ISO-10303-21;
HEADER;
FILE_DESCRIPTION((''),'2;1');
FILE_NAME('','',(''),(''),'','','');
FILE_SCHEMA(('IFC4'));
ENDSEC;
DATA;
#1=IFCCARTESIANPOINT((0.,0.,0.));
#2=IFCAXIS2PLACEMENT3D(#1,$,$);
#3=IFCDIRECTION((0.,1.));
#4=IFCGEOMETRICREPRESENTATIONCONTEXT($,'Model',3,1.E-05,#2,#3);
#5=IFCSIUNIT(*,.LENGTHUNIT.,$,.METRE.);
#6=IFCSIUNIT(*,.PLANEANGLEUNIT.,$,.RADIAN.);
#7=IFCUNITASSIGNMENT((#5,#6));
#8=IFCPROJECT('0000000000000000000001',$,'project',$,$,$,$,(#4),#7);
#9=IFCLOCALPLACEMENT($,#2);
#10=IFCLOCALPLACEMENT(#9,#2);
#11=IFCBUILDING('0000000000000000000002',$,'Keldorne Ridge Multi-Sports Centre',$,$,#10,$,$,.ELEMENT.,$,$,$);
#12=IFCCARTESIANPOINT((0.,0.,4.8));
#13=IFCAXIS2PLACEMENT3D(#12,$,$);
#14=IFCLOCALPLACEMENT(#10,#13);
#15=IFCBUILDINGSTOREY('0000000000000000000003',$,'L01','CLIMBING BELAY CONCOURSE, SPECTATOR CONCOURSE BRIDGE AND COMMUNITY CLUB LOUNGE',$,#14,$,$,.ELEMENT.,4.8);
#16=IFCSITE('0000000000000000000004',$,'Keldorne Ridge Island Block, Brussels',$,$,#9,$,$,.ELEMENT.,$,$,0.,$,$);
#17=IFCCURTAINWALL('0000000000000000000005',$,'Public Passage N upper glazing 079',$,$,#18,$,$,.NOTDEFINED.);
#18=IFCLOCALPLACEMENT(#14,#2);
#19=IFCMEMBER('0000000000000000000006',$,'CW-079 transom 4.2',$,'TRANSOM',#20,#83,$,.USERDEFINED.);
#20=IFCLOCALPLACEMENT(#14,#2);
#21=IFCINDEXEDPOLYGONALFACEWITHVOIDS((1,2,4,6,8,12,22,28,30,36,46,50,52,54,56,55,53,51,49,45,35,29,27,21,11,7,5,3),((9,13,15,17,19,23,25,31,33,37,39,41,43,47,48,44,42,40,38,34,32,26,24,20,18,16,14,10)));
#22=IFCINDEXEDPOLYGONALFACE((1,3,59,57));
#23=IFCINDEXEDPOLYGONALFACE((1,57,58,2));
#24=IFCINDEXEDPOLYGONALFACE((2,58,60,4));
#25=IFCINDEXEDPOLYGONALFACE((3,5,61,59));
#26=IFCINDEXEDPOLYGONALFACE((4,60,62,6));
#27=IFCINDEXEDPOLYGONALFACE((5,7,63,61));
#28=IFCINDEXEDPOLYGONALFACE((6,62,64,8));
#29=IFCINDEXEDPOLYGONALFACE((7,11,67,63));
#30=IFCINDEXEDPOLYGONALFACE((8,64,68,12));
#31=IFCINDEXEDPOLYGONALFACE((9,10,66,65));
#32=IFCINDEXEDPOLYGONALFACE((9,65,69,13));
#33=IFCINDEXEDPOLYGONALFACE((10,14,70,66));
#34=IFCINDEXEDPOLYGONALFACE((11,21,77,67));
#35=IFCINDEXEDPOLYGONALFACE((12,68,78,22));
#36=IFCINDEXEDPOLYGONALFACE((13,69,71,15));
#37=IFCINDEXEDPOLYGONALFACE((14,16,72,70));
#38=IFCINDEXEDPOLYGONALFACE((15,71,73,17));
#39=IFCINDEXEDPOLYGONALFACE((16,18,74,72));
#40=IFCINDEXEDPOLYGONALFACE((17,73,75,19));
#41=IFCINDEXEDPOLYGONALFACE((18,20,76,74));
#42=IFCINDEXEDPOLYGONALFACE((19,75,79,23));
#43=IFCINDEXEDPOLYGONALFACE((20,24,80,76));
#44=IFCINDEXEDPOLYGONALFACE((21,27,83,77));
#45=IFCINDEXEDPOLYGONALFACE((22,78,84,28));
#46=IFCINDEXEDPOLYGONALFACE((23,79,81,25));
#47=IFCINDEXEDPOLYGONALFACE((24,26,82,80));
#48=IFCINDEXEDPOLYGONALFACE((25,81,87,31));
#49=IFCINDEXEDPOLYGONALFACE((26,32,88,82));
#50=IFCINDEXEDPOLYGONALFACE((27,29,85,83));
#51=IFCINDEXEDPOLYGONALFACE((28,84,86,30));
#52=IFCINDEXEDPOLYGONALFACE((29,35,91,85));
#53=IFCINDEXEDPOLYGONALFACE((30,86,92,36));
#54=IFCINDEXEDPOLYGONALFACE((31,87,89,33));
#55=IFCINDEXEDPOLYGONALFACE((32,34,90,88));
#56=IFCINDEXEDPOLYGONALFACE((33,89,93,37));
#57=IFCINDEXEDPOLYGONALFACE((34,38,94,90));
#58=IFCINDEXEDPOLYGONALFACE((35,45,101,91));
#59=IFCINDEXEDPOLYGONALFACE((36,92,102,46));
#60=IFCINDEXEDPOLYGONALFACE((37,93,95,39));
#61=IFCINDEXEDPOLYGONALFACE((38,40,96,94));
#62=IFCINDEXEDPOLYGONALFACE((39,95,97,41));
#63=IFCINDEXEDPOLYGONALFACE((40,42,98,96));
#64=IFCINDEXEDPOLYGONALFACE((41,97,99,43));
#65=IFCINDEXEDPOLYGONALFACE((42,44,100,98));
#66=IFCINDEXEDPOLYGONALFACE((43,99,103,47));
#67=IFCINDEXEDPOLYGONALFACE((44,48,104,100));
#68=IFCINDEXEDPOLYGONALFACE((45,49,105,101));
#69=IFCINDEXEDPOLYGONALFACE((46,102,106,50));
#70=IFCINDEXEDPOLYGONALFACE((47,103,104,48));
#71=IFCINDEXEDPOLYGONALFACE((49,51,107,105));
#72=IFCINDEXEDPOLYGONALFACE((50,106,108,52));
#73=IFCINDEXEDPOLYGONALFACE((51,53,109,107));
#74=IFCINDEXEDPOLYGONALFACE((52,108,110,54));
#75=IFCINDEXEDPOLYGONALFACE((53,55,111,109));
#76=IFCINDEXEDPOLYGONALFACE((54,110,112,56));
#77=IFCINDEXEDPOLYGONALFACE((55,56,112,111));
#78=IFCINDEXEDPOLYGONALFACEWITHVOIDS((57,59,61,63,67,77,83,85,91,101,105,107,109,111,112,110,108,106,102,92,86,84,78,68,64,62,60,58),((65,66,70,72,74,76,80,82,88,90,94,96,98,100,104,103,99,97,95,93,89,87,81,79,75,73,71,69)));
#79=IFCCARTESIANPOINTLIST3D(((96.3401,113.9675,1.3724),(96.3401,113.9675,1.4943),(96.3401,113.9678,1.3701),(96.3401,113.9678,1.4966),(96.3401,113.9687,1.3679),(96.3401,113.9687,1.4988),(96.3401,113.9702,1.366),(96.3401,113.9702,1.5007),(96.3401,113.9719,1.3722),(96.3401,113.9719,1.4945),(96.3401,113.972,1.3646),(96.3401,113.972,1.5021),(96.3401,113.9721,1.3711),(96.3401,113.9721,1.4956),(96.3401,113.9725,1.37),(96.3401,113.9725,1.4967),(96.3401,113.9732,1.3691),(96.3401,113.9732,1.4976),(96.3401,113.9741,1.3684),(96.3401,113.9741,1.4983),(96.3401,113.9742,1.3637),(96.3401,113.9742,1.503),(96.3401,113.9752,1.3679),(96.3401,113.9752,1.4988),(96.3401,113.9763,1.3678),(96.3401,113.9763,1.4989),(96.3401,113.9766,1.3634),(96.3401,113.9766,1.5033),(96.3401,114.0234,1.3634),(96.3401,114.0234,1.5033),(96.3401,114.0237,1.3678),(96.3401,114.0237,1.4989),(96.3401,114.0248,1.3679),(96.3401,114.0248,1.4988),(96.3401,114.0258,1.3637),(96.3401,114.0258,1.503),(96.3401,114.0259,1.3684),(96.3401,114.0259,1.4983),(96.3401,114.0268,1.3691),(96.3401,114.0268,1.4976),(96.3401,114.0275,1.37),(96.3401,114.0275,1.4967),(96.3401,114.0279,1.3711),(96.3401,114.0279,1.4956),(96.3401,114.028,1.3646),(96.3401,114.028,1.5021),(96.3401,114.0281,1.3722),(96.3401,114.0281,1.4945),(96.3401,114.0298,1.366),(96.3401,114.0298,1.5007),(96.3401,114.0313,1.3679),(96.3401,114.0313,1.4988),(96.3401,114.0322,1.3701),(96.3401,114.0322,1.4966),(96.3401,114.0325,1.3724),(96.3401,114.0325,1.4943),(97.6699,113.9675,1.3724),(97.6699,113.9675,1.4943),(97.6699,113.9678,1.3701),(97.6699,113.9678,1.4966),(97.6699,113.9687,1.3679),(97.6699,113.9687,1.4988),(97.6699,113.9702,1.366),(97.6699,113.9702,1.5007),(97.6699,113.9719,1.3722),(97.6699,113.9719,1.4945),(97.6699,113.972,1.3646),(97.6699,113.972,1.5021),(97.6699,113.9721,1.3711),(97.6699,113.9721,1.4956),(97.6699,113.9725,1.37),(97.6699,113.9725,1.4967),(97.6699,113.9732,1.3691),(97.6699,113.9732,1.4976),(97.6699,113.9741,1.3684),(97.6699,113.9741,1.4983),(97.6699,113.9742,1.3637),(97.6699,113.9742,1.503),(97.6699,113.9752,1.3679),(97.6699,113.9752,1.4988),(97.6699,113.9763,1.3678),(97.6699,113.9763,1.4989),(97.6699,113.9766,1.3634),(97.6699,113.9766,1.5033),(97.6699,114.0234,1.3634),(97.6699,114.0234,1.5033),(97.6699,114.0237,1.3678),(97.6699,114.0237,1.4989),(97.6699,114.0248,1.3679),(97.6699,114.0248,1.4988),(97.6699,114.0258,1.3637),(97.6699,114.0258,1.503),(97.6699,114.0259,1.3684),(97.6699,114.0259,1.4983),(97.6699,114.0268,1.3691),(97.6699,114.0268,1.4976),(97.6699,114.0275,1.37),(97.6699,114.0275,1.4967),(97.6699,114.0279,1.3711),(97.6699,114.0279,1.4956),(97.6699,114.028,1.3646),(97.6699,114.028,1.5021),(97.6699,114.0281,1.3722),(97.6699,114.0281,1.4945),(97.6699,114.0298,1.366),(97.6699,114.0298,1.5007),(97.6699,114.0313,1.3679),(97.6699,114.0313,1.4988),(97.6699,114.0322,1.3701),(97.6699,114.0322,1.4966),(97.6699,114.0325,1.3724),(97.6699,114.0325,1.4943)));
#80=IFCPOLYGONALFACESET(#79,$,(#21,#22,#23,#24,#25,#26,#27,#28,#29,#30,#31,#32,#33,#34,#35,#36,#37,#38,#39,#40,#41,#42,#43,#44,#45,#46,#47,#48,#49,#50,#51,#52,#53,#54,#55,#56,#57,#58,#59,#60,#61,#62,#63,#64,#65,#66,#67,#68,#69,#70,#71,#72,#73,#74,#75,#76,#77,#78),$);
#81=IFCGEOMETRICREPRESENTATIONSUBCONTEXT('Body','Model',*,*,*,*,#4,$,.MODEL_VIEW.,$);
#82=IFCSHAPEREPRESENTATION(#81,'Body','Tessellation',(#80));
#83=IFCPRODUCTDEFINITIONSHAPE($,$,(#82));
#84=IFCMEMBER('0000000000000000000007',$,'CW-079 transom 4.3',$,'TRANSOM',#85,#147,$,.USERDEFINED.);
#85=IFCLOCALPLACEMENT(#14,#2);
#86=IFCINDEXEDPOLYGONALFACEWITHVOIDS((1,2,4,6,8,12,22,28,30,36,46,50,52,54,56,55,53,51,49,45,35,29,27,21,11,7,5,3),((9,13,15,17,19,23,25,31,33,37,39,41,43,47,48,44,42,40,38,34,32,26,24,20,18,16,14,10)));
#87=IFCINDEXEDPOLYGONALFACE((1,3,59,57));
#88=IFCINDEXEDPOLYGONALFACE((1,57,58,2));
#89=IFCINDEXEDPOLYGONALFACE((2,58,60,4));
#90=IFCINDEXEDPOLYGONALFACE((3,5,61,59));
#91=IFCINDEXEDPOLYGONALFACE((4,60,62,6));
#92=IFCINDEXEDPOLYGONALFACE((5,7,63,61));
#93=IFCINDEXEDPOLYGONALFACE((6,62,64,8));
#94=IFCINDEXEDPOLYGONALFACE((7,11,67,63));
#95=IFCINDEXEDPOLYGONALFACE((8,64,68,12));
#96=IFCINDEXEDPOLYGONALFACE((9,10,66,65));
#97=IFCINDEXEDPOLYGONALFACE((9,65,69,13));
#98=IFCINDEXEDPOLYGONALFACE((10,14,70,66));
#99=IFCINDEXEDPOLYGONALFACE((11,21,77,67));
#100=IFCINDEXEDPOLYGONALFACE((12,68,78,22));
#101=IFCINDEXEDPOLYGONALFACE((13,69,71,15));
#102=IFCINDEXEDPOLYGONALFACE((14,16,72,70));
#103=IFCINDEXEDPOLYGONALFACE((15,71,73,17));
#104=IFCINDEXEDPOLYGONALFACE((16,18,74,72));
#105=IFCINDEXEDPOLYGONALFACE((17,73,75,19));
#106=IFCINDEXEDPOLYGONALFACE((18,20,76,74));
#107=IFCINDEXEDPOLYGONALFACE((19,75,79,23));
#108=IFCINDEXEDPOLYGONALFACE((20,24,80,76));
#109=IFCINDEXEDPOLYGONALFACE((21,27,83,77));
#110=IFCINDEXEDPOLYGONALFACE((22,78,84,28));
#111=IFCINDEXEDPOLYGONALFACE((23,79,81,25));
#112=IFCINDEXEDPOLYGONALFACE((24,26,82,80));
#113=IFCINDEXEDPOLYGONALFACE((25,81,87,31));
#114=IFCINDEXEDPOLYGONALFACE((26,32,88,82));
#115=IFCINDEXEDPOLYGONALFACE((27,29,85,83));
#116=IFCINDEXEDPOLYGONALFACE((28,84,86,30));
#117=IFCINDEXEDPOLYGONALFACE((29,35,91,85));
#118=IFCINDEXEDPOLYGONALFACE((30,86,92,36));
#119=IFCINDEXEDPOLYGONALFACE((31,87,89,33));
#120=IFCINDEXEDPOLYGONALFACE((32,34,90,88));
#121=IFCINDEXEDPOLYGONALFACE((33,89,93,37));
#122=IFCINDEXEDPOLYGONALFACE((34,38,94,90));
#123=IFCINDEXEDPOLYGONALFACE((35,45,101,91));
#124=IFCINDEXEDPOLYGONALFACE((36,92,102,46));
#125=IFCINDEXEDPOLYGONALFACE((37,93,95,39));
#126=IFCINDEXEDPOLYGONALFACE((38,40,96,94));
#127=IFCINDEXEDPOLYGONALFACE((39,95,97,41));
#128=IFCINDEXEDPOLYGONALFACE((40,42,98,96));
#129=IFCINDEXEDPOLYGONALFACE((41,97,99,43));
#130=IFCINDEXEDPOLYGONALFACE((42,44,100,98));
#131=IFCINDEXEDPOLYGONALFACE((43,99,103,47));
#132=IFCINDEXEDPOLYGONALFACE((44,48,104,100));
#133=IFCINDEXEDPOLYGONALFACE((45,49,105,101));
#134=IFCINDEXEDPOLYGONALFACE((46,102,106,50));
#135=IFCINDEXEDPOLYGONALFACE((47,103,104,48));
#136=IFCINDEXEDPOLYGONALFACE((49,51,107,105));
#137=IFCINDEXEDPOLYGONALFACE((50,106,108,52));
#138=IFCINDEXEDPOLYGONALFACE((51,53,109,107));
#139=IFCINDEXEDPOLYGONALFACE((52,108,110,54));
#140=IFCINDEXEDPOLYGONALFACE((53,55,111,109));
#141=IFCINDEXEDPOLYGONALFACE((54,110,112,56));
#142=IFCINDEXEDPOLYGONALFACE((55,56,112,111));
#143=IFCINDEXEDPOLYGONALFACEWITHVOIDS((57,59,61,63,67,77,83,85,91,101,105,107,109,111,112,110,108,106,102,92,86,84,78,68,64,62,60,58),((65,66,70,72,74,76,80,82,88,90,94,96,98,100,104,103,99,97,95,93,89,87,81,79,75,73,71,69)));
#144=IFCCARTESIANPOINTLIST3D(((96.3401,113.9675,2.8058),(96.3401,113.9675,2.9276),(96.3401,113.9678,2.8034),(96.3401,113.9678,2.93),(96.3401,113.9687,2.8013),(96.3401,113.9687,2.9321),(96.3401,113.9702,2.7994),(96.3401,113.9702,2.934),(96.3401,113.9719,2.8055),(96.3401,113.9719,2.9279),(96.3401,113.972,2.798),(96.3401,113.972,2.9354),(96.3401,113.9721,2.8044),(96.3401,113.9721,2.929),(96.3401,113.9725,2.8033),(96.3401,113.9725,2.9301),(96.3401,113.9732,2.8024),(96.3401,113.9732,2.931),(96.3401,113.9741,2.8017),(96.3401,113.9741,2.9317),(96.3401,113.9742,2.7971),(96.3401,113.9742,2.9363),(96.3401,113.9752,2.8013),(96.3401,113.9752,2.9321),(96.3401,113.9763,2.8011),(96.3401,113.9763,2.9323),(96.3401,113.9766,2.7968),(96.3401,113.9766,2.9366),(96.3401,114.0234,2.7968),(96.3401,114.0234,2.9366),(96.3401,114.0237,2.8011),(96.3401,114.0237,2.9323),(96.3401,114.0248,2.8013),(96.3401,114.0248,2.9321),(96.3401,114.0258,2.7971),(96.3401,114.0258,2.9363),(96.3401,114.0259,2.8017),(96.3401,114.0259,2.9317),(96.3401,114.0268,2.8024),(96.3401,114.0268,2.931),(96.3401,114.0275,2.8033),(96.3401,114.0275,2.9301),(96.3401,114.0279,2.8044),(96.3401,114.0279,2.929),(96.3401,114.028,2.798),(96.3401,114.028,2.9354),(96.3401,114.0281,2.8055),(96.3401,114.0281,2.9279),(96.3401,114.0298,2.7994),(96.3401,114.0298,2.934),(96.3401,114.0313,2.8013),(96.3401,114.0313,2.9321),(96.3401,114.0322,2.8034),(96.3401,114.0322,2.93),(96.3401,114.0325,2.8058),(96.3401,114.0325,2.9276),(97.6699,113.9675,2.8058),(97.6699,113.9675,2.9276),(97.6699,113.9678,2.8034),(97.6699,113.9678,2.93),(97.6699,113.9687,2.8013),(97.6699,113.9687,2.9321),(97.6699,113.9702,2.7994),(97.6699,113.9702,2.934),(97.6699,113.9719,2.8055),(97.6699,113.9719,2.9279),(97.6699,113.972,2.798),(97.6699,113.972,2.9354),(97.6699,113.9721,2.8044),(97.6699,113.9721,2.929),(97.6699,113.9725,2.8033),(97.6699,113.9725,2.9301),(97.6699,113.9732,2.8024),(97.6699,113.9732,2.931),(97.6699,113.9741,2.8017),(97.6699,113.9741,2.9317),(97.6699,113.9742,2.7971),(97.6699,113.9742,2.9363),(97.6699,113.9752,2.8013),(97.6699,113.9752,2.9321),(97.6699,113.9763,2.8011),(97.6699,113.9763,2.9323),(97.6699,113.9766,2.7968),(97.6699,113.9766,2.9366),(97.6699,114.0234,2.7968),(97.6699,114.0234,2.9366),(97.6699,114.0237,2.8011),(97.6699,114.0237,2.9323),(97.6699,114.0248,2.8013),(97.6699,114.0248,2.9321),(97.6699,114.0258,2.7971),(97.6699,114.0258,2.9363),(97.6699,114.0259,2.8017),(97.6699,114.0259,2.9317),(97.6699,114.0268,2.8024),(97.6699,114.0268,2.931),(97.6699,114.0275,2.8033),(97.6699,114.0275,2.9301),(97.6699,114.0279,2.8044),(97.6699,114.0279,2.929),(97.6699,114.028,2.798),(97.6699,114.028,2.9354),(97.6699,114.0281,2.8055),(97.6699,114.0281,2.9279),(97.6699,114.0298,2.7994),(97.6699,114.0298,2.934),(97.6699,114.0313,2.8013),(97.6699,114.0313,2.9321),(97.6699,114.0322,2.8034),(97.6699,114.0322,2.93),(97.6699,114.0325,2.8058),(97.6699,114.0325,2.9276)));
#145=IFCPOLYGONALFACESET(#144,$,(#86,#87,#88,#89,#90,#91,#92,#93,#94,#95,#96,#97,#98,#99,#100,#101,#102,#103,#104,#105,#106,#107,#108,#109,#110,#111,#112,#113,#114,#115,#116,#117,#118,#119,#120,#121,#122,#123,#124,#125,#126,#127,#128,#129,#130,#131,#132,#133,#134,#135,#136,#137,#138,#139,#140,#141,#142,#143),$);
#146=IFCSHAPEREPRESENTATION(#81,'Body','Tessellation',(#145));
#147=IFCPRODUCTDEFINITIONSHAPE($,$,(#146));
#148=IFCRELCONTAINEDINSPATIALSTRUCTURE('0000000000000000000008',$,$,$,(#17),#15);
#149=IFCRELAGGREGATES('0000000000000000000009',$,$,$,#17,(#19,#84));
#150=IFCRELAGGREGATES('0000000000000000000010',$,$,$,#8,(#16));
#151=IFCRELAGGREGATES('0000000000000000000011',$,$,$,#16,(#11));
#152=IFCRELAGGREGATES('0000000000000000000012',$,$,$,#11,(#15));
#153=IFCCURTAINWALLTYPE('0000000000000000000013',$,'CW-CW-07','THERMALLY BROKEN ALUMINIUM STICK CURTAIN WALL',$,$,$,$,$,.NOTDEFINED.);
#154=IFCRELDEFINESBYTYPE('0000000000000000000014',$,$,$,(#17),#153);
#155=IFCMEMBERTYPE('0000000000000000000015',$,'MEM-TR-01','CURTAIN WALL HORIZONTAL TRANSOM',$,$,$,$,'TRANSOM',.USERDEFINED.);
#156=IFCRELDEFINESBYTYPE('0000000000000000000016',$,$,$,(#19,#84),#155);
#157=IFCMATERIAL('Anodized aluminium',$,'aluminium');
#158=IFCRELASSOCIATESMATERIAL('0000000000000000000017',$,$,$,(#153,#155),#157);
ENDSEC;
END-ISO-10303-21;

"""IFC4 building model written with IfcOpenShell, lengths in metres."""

from ifc_helpers import new_model, si_unit, direction, frame, origin, origin_2d, place, context, subcontext, project, spatial, hollow_rectangle, extrude, material, material_profile, profile_set, type_object, element, aggregate, save


model = new_model("IFC4")

# Units and contexts
model_context = context("Model", 3, precision=1e-05, world=origin(), true_north=direction((0.0, 1.0)))
body_context = subcontext(model_context, "Body", "Model", "MODEL_VIEW")
ifc_project = project(units=[si_unit("LENGTHUNIT", "METRE"), si_unit("PLANEANGLEUNIT", "RADIAN")], contexts=[model_context])

# Site, building, storey
site_placement = place(None, origin())
site = spatial("IfcSite", under=ifc_project, at=site_placement, Name="Keldorne Ridge Island Block, Brussels", CompositionType="ELEMENT", RefElevation=0.0)
building_placement = place(site_placement, origin())
building = spatial("IfcBuilding", under=site, at=building_placement, Name="Keldorne Ridge Multi-Sports Centre", CompositionType="ELEMENT")
storey_placement = place(building_placement, frame((0.0, 0.0, 4.8)))
storey = spatial("IfcBuildingStorey", under=building, at=storey_placement, Name="L01", Description="CLIMBING BELAY CONCOURSE, SPECTATOR CONCOURSE BRIDGE AND COMMUNITY CLUB LOUNGE", CompositionType="ELEMENT", Elevation=4.8)

# Curtain wall, members
ifc_material_1 = material(Name="Anodized aluminium", Category="aluminium")
curtain_wall_type = type_object("IfcCurtainWallType", Name="CW-CW-07", Description="THERMALLY BROKEN ALUMINIUM STICK CURTAIN WALL", PredefinedType="NOTDEFINED", material=ifc_material_1)
curtain_wall_placement = place(storey_placement, origin())
curtain_wall = element("IfcCurtainWall", 1, at=curtain_wall_placement, inside=storey, type_object=curtain_wall_type, Name="Public Passage N upper glazing 079", PredefinedType="NOTDEFINED")
ifc_material_profile_1 = material_profile(ifc_material_1, hollow_rectangle(XDim=0.0649, YDim=0.1399, WallThickness=0.0044, InnerFilletRadius=0.0044, OuterFilletRadius=0.009, at=origin_2d()), Name="ALU TRANSOM 140x65x4.5")
ifc_profile_set_1 = profile_set([ifc_material_profile_1], Name="Anodized aluminium")
member_type_1 = type_object("IfcMemberType", Name="MEM-TR-01", Description="CURTAIN WALL HORIZONTAL TRANSOM", ElementType="TRANSOM", PredefinedType="USERDEFINED", material=ifc_profile_set_1)
member_1_placement = place(storey_placement, frame((97.6699, 114.0, 1.4333), z_axis=(-1.0, 0.0, 0.0), x_axis=(0.0, -1.0, 0.0)))
member_1 = element("IfcMember", 2, at=member_1_placement, type_object=member_type_1, Name="CW-079 transom 4.2", ObjectType="TRANSOM", PredefinedType="USERDEFINED", context=body_context, shape_type="SweptSolid", body=[
    extrude(hollow_rectangle(XDim=0.0649, YDim=0.1399, WallThickness=0.0044, InnerFilletRadius=0.0044, OuterFilletRadius=0.009, at=origin_2d()), origin(), (0.0, 0.0, 1.0), 1.3298),
])
member_2_placement = place(storey_placement, frame((97.6699, 114.0, 2.8667), z_axis=(-1.0, 0.0, 0.0), x_axis=(0.0, -1.0, 0.0)))
member_2 = element("IfcMember", 3, at=member_2_placement, type_object=member_type_1, Name="CW-079 transom 4.3", ObjectType="TRANSOM", PredefinedType="USERDEFINED", context=body_context, shape_type="SweptSolid", body=[
    extrude(hollow_rectangle(XDim=0.0649, YDim=0.1399, WallThickness=0.0044, InnerFilletRadius=0.0044, OuterFilletRadius=0.009, at=origin_2d()), origin(), (0.0, 0.0, 1.0), 1.3298),
])
aggregate(curtain_wall, [member_1, member_2])

save(model, "model.ifc")
